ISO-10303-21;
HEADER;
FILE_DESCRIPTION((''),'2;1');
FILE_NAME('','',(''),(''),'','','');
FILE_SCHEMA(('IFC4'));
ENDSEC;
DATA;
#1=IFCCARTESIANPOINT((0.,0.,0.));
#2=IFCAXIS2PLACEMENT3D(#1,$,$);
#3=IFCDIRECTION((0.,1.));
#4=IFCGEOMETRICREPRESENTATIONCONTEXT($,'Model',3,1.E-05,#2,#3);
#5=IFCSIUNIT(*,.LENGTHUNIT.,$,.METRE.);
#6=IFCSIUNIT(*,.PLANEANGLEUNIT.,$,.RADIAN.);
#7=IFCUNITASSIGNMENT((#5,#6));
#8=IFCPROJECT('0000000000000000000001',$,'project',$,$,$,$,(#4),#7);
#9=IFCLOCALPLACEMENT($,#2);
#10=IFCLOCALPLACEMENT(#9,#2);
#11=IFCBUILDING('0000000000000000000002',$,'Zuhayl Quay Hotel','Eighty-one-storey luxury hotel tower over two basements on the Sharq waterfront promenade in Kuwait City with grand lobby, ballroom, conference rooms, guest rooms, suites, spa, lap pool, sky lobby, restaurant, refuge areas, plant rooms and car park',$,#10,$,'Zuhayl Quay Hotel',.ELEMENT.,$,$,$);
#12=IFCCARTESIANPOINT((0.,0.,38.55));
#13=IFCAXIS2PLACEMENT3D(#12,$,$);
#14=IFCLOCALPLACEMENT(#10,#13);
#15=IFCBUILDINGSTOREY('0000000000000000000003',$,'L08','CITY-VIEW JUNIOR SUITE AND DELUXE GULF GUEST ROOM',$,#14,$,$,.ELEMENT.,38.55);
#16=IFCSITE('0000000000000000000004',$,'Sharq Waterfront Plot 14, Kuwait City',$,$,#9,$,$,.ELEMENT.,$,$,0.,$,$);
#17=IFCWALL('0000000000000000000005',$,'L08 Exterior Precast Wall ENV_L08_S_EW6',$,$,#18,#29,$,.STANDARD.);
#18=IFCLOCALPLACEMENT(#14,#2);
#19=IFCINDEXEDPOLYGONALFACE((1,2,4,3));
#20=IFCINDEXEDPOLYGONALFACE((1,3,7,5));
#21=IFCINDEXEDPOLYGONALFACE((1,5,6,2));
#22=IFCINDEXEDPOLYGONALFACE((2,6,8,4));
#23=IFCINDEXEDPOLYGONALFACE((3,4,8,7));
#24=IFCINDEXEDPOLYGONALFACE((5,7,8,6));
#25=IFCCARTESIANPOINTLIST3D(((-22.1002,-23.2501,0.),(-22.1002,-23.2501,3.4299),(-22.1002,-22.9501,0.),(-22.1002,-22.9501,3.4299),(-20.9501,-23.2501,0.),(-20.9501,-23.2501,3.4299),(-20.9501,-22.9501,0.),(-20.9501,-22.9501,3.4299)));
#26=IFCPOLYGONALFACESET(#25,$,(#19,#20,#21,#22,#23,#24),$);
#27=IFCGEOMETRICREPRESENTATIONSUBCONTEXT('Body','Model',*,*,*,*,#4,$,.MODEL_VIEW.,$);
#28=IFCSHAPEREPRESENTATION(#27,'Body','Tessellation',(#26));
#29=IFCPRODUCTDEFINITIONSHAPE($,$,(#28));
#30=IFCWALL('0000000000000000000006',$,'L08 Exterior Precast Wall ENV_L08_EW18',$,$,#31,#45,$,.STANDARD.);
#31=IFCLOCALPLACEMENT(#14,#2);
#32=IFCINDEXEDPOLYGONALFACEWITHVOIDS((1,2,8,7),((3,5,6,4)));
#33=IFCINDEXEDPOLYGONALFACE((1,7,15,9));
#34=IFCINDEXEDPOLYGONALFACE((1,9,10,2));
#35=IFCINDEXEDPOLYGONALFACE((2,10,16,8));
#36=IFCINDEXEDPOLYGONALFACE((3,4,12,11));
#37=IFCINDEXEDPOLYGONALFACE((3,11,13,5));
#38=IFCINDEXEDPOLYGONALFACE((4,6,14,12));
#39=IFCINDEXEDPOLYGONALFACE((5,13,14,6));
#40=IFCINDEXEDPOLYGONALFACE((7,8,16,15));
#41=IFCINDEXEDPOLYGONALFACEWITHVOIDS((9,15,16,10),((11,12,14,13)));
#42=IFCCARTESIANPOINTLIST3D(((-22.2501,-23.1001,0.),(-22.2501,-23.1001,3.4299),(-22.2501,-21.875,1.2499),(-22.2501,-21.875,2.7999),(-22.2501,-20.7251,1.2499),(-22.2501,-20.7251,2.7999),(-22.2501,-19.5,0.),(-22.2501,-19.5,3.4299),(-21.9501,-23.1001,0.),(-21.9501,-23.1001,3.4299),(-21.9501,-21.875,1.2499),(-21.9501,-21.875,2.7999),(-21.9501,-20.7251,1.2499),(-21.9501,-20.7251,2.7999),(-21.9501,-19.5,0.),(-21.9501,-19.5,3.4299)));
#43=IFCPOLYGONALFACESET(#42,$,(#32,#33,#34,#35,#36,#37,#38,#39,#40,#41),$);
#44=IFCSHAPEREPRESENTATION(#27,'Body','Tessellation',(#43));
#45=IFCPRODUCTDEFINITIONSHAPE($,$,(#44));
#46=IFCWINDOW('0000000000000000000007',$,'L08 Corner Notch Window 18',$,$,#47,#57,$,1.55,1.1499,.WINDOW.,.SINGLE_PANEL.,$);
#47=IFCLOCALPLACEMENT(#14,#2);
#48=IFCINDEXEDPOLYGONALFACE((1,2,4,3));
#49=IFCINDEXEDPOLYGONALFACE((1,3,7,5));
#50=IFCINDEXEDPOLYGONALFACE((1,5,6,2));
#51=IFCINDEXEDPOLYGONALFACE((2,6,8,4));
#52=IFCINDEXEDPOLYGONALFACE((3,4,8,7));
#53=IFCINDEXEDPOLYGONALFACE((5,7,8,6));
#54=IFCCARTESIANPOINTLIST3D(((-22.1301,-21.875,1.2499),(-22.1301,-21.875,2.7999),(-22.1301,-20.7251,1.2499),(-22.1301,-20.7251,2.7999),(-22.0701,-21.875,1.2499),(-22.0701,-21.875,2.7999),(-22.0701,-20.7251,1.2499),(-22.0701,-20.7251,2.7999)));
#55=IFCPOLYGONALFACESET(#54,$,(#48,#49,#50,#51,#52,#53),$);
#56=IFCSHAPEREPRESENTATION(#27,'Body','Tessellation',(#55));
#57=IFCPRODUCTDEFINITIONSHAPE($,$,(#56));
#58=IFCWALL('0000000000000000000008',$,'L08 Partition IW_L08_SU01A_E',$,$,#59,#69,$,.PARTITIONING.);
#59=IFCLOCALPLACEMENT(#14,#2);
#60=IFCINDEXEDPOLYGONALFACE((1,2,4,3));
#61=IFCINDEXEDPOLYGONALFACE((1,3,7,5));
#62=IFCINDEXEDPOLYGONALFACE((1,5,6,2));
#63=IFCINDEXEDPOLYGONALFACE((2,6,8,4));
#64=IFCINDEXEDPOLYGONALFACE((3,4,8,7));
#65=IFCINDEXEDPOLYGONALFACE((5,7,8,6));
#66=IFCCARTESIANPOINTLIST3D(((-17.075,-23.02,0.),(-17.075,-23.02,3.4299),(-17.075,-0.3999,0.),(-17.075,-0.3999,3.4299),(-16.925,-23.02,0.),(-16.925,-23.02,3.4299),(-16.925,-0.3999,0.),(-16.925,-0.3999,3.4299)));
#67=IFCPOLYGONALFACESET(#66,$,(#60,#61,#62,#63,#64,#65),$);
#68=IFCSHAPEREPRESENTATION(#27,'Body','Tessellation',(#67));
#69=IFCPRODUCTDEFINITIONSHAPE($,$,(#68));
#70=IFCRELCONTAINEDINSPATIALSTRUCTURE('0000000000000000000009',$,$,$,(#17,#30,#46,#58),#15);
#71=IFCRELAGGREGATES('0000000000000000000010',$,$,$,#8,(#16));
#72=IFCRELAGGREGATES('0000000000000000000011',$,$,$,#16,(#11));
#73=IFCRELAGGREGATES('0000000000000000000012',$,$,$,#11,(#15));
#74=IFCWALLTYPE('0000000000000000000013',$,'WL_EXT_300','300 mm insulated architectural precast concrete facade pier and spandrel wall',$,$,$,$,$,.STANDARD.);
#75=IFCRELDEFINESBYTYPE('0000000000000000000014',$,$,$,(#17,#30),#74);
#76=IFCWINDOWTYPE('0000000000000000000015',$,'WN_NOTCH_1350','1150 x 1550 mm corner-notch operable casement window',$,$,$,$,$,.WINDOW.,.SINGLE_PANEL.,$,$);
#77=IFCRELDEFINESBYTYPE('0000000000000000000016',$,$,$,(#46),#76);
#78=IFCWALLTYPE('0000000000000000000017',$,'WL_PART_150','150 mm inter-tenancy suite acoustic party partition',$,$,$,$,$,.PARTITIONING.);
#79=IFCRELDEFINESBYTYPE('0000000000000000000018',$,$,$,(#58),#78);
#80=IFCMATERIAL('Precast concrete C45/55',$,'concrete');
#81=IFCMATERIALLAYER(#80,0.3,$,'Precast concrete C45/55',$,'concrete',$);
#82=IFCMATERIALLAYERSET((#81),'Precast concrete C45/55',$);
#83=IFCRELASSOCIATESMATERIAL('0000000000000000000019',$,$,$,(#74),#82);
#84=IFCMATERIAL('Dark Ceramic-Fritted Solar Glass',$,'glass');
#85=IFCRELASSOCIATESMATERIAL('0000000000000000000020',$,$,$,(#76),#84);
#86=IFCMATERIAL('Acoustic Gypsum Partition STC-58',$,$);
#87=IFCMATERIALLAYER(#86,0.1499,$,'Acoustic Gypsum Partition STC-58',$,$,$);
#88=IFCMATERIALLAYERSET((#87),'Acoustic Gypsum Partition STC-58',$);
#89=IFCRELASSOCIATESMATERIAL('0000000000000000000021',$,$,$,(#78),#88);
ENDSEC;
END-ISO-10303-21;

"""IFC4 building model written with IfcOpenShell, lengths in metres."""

from ifc_helpers import new_model, si_unit, direction, frame, frame_2d, origin, place, context, subcontext, project, spatial, rectangle, extrude, material, layer, layer_set, type_object, element, fill, save


model = new_model("IFC4")

# Units and contexts
model_context = context("Model", 3, precision=1e-05, world=origin(), true_north=direction((0.0, 1.0)))
body_context = subcontext(model_context, "Body", "Model", "MODEL_VIEW")
ifc_project = project(units=[si_unit("LENGTHUNIT", "METRE"), si_unit("PLANEANGLEUNIT", "RADIAN")], contexts=[model_context])

# Site, building, storey
site_placement = place(None, origin())
site = spatial("IfcSite", under=ifc_project, at=site_placement, Name="Sharq Waterfront Plot 14, Kuwait City", CompositionType="ELEMENT", RefElevation=0.0)
building_placement = place(site_placement, origin())
building = spatial("IfcBuilding", under=site, at=building_placement, Name="Zuhayl Quay Hotel", Description="Eighty-one-storey luxury hotel tower over two basements on the Sharq waterfront promenade in Kuwait City with grand lobby, ballroom, conference rooms, guest rooms, suites, spa, lap pool, sky lobby, restaurant, refuge areas, plant rooms and car park", LongName="Zuhayl Quay Hotel", CompositionType="ELEMENT")
storey_placement = place(building_placement, frame((0.0, 0.0, 38.55)))
storey = spatial("IfcBuildingStorey", under=building, at=storey_placement, Name="L08", Description="CITY-VIEW JUNIOR SUITE AND DELUXE GULF GUEST ROOM", CompositionType="ELEMENT", Elevation=38.55)

# Shared definitions
ifc_material_1 = material(Name="Dark Ceramic-Fritted Solar Glass", Category="glass")

# Shared definitions
ifc_material_2 = material(Name="Precast concrete C45/55", Category="concrete")
ifc_layer_1 = layer(ifc_material_2, 0.3, Name="Precast concrete C45/55", Category="concrete")
ifc_layer_set_1 = layer_set([ifc_layer_1], Name="Precast concrete C45/55")
wall_type_1 = type_object("IfcWallType", Name="WL_EXT_300", Description="300 mm insulated architectural precast concrete facade pier and spandrel wall", PredefinedType="STANDARD", material=ifc_layer_set_1)
window_type = type_object("IfcWindowType", Name="WN_NOTCH_1350", Description="1150 x 1550 mm corner-notch operable casement window", PartitioningType="SINGLE_PANEL", PredefinedType="WINDOW", material=ifc_material_1)

# Wall
wall_1_placement = place(storey_placement, frame((-20.95, -23.1001, 0.0), z_axis=(0.0, 0.0, 1.0), x_axis=(-1.0, 0.0, 0.0)))
element("IfcWall", 1, at=wall_1_placement, inside=storey, type_object=wall_type_1, Name="L08 Exterior Precast Wall ENV_L08_S_EW6", PredefinedType="STANDARD", context=body_context, shape_type="SweptSolid", body=[
    extrude(rectangle(XDim=1.1501, YDim=0.3, at=frame_2d((0.5752, 0.0))), origin(), (0.0, 0.0, 1.0), 3.4299),
])

# Wall, opening, window
wall_2_placement = place(storey_placement, frame((-22.1001, -23.1001, 0.0), z_axis=(0.0, 0.0, 1.0), x_axis=(0.0, 1.0, 0.0)))
wall_2 = element("IfcWall", 2, at=wall_2_placement, inside=storey, type_object=wall_type_1, Name="L08 Exterior Precast Wall ENV_L08_EW18", PredefinedType="STANDARD", context=body_context, shape_type="SweptSolid", body=[
    extrude(rectangle(XDim=3.6001, YDim=0.3, at=frame_2d((1.8, 0.0))), origin(), (0.0, 0.0, 1.0), 3.4299),
])
opening_1_placement = place(wall_2_placement, frame((1.2251, 0.0, 1.25)))
opening_1 = element("IfcOpeningElement", 3, at=opening_1_placement, cuts=wall_2, PredefinedType="OPENING", context=body_context, shape_type="SweptSolid", body=[
    extrude(rectangle(XDim=1.1499, YDim=1.55, at=frame_2d((0.575, 0.7749))), frame((0.0, 0.1599, 0.0), z_axis=(0.0, -1.0, 0.0), x_axis=(1.0, 0.0, 0.0)), (0.0, 0.0, 1.0), 0.3201),
])
window_1_placement = place(opening_1_placement, origin())
window_1 = element("IfcWindow", 4, at=window_1_placement, inside=storey, type_object=window_type, Name="L08 Corner Notch Window 18", OverallHeight=1.55, OverallWidth=1.1499, PartitioningType="SINGLE_PANEL", PredefinedType="WINDOW", context=body_context, shape_type="SweptSolid", body=[
    extrude(rectangle(XDim=1.1499, YDim=1.55, at=frame_2d((0.575, 0.7749))), frame((0.0, 0.03, 0.0), z_axis=(0.0, -1.0, 0.0), x_axis=(1.0, 0.0, 0.0)), (0.0, 0.0, 1.0), 0.0601),
])
fill(opening_1, window_1)

# Wall
ifc_material_3 = material(Name="Acoustic Gypsum Partition STC-58")
ifc_layer_2 = layer(ifc_material_3, 0.1499, Name="Acoustic Gypsum Partition STC-58")
ifc_layer_set_2 = layer_set([ifc_layer_2], Name="Acoustic Gypsum Partition STC-58")
wall_type_2 = type_object("IfcWallType", Name="WL_PART_150", Description="150 mm inter-tenancy suite acoustic party partition", PredefinedType="PARTITIONING", material=ifc_layer_set_2)
wall_3_placement = place(storey_placement, frame((-17.0, -23.02, 0.0), z_axis=(0.0, 0.0, 1.0), x_axis=(0.0, 1.0, 0.0)))
element("IfcWall", 5, at=wall_3_placement, inside=storey, type_object=wall_type_2, Name="L08 Partition IW_L08_SU01A_E", PredefinedType="PARTITIONING", context=body_context, shape_type="SweptSolid", body=[
    extrude(rectangle(XDim=22.6201, YDim=0.1499, at=frame_2d((11.3101, 0.0))), origin(), (0.0, 0.0, 1.0), 3.4299),
])

save(model, "model.ifc")
